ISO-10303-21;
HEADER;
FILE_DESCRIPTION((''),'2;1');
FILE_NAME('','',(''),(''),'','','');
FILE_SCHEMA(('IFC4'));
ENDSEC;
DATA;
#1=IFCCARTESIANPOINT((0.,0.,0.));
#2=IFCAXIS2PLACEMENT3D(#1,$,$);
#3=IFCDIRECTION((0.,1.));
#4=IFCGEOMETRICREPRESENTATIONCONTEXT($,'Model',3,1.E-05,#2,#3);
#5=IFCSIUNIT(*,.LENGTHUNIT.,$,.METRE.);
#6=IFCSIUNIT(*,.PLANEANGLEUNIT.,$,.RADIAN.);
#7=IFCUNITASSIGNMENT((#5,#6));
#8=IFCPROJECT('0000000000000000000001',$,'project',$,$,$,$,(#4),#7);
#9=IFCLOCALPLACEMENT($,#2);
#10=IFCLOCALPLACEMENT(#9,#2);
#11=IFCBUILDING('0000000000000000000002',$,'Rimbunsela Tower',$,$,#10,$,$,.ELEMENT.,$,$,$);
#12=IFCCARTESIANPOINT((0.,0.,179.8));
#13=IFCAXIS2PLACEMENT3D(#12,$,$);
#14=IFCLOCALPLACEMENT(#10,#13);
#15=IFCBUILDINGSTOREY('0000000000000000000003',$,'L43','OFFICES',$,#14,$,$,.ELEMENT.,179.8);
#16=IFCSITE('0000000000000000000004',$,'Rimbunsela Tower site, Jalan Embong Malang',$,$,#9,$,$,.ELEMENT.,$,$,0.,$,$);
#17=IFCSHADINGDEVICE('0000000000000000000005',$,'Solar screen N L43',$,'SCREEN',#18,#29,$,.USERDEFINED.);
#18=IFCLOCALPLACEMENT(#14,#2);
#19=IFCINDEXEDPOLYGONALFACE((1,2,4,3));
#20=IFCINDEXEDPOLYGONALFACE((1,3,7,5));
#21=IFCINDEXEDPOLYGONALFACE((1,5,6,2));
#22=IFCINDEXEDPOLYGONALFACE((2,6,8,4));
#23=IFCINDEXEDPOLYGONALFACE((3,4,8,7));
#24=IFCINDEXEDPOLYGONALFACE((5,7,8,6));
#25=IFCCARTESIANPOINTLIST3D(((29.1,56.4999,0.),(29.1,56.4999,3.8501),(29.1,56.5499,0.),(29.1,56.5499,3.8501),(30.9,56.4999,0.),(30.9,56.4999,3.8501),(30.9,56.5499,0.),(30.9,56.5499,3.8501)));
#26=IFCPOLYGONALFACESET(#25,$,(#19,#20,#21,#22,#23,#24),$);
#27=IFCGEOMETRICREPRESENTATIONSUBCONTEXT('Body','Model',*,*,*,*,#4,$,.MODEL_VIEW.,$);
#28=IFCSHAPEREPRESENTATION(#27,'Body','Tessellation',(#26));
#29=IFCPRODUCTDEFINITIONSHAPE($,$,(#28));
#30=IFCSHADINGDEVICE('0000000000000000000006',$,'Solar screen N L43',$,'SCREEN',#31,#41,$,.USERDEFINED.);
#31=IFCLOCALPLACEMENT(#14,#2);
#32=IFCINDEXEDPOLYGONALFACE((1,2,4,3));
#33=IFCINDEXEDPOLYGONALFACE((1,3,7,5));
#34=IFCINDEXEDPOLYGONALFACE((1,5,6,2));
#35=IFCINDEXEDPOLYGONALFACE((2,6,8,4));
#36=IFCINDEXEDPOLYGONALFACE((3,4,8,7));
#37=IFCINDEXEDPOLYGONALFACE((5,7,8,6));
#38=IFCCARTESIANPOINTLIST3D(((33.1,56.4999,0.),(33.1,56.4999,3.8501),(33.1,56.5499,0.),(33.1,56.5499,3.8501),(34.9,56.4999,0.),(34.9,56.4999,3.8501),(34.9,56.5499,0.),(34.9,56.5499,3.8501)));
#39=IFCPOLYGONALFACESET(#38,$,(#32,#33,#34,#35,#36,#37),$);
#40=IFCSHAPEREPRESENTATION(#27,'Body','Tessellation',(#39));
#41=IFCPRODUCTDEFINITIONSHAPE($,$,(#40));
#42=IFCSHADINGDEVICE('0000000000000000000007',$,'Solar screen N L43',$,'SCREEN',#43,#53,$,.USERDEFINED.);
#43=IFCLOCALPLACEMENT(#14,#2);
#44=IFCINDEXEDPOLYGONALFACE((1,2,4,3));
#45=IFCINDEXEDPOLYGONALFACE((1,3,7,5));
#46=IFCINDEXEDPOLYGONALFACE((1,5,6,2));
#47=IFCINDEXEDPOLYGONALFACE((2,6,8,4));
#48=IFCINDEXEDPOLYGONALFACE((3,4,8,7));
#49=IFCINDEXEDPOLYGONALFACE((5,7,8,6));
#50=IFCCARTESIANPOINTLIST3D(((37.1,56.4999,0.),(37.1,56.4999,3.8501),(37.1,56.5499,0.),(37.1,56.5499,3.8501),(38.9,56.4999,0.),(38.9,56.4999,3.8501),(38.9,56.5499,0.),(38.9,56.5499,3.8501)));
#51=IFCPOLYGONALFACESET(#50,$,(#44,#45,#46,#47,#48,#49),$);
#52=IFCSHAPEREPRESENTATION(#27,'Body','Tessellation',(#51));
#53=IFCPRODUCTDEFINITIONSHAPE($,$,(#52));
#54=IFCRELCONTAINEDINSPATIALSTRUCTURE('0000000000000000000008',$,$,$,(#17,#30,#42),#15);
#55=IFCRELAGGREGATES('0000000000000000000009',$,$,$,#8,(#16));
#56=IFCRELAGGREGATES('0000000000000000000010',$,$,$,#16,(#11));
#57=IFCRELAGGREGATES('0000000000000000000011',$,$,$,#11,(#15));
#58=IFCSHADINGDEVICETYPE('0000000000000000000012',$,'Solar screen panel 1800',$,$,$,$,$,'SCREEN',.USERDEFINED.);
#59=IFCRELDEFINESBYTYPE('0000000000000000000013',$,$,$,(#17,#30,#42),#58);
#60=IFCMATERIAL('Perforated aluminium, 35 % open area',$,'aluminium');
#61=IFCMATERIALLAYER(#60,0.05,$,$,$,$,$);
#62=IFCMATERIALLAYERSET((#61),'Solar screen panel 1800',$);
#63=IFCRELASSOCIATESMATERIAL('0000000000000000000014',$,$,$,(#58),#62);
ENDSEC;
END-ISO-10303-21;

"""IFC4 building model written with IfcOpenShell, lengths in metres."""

from ifc_helpers import new_model, si_unit, direction, frame, origin, origin_2d, place, context, subcontext, project, spatial, rectangle, extrude, material, layer, layer_set, type_object, element, save


model = new_model("IFC4")

# Units and contexts
model_context = context("Model", 3, precision=1e-05, world=origin(), true_north=direction((0.0, 1.0)))
body_context = subcontext(model_context, "Body", "Model", "MODEL_VIEW")
ifc_project = project(units=[si_unit("LENGTHUNIT", "METRE"), si_unit("PLANEANGLEUNIT", "RADIAN")], contexts=[model_context])

# Site, building, storey
site_placement = place(None, origin())
site = spatial("IfcSite", under=ifc_project, at=site_placement, Name="Rimbunsela Tower site, Jalan Embong Malang", CompositionType="ELEMENT", RefElevation=0.0)
building_placement = place(site_placement, origin())
building = spatial("IfcBuilding", under=site, at=building_placement, Name="Rimbunsela Tower", CompositionType="ELEMENT")
storey_placement = place(building_placement, frame((0.0, 0.0, 179.8)))
storey = spatial("IfcBuildingStorey", under=building, at=storey_placement, Name="L43", Description="OFFICES", CompositionType="ELEMENT", Elevation=179.8)

# Shading devices
ifc_material_1 = material(Name="Perforated aluminium, 35 % open area", Category="aluminium")
ifc_layer_1 = layer(ifc_material_1, 0.05)
ifc_layer_set_1 = layer_set([ifc_layer_1], Name="Solar screen panel 1800")
shading_device_type = type_object("IfcShadingDeviceType", Name="Solar screen panel 1800", ElementType="SCREEN", PredefinedType="USERDEFINED", material=ifc_layer_set_1)
for number, where, z_axis, x_axis, name in (
    (1, (30.0, 56.5249, 0.0), (0.0, 0.0, 1.0), (1.0, 0.0, 0.0), "Solar screen N L43"),
    (2, (34.0, 56.5249, 0.0), (0.0, 0.0, 1.0), (1.0, 0.0, 0.0), "Solar screen N L43"),
    (3, (38.0, 56.5249, 0.0), (0.0, 0.0, 1.0), (1.0, 0.0, 0.0), "Solar screen N L43"),
):
    element("IfcShadingDevice", number, at=place(storey_placement, frame(where, z_axis=z_axis, x_axis=x_axis)), inside=storey, type_object=shading_device_type, Name=name, ObjectType="SCREEN", PredefinedType="USERDEFINED", context=body_context, shape_type="SweptSolid", body=[
        extrude(rectangle(XDim=1.8, YDim=0.05, at=origin_2d()), origin(), (0.0, 0.0, 1.0), 3.8501),
    ])

save(model, "model.ifc")
